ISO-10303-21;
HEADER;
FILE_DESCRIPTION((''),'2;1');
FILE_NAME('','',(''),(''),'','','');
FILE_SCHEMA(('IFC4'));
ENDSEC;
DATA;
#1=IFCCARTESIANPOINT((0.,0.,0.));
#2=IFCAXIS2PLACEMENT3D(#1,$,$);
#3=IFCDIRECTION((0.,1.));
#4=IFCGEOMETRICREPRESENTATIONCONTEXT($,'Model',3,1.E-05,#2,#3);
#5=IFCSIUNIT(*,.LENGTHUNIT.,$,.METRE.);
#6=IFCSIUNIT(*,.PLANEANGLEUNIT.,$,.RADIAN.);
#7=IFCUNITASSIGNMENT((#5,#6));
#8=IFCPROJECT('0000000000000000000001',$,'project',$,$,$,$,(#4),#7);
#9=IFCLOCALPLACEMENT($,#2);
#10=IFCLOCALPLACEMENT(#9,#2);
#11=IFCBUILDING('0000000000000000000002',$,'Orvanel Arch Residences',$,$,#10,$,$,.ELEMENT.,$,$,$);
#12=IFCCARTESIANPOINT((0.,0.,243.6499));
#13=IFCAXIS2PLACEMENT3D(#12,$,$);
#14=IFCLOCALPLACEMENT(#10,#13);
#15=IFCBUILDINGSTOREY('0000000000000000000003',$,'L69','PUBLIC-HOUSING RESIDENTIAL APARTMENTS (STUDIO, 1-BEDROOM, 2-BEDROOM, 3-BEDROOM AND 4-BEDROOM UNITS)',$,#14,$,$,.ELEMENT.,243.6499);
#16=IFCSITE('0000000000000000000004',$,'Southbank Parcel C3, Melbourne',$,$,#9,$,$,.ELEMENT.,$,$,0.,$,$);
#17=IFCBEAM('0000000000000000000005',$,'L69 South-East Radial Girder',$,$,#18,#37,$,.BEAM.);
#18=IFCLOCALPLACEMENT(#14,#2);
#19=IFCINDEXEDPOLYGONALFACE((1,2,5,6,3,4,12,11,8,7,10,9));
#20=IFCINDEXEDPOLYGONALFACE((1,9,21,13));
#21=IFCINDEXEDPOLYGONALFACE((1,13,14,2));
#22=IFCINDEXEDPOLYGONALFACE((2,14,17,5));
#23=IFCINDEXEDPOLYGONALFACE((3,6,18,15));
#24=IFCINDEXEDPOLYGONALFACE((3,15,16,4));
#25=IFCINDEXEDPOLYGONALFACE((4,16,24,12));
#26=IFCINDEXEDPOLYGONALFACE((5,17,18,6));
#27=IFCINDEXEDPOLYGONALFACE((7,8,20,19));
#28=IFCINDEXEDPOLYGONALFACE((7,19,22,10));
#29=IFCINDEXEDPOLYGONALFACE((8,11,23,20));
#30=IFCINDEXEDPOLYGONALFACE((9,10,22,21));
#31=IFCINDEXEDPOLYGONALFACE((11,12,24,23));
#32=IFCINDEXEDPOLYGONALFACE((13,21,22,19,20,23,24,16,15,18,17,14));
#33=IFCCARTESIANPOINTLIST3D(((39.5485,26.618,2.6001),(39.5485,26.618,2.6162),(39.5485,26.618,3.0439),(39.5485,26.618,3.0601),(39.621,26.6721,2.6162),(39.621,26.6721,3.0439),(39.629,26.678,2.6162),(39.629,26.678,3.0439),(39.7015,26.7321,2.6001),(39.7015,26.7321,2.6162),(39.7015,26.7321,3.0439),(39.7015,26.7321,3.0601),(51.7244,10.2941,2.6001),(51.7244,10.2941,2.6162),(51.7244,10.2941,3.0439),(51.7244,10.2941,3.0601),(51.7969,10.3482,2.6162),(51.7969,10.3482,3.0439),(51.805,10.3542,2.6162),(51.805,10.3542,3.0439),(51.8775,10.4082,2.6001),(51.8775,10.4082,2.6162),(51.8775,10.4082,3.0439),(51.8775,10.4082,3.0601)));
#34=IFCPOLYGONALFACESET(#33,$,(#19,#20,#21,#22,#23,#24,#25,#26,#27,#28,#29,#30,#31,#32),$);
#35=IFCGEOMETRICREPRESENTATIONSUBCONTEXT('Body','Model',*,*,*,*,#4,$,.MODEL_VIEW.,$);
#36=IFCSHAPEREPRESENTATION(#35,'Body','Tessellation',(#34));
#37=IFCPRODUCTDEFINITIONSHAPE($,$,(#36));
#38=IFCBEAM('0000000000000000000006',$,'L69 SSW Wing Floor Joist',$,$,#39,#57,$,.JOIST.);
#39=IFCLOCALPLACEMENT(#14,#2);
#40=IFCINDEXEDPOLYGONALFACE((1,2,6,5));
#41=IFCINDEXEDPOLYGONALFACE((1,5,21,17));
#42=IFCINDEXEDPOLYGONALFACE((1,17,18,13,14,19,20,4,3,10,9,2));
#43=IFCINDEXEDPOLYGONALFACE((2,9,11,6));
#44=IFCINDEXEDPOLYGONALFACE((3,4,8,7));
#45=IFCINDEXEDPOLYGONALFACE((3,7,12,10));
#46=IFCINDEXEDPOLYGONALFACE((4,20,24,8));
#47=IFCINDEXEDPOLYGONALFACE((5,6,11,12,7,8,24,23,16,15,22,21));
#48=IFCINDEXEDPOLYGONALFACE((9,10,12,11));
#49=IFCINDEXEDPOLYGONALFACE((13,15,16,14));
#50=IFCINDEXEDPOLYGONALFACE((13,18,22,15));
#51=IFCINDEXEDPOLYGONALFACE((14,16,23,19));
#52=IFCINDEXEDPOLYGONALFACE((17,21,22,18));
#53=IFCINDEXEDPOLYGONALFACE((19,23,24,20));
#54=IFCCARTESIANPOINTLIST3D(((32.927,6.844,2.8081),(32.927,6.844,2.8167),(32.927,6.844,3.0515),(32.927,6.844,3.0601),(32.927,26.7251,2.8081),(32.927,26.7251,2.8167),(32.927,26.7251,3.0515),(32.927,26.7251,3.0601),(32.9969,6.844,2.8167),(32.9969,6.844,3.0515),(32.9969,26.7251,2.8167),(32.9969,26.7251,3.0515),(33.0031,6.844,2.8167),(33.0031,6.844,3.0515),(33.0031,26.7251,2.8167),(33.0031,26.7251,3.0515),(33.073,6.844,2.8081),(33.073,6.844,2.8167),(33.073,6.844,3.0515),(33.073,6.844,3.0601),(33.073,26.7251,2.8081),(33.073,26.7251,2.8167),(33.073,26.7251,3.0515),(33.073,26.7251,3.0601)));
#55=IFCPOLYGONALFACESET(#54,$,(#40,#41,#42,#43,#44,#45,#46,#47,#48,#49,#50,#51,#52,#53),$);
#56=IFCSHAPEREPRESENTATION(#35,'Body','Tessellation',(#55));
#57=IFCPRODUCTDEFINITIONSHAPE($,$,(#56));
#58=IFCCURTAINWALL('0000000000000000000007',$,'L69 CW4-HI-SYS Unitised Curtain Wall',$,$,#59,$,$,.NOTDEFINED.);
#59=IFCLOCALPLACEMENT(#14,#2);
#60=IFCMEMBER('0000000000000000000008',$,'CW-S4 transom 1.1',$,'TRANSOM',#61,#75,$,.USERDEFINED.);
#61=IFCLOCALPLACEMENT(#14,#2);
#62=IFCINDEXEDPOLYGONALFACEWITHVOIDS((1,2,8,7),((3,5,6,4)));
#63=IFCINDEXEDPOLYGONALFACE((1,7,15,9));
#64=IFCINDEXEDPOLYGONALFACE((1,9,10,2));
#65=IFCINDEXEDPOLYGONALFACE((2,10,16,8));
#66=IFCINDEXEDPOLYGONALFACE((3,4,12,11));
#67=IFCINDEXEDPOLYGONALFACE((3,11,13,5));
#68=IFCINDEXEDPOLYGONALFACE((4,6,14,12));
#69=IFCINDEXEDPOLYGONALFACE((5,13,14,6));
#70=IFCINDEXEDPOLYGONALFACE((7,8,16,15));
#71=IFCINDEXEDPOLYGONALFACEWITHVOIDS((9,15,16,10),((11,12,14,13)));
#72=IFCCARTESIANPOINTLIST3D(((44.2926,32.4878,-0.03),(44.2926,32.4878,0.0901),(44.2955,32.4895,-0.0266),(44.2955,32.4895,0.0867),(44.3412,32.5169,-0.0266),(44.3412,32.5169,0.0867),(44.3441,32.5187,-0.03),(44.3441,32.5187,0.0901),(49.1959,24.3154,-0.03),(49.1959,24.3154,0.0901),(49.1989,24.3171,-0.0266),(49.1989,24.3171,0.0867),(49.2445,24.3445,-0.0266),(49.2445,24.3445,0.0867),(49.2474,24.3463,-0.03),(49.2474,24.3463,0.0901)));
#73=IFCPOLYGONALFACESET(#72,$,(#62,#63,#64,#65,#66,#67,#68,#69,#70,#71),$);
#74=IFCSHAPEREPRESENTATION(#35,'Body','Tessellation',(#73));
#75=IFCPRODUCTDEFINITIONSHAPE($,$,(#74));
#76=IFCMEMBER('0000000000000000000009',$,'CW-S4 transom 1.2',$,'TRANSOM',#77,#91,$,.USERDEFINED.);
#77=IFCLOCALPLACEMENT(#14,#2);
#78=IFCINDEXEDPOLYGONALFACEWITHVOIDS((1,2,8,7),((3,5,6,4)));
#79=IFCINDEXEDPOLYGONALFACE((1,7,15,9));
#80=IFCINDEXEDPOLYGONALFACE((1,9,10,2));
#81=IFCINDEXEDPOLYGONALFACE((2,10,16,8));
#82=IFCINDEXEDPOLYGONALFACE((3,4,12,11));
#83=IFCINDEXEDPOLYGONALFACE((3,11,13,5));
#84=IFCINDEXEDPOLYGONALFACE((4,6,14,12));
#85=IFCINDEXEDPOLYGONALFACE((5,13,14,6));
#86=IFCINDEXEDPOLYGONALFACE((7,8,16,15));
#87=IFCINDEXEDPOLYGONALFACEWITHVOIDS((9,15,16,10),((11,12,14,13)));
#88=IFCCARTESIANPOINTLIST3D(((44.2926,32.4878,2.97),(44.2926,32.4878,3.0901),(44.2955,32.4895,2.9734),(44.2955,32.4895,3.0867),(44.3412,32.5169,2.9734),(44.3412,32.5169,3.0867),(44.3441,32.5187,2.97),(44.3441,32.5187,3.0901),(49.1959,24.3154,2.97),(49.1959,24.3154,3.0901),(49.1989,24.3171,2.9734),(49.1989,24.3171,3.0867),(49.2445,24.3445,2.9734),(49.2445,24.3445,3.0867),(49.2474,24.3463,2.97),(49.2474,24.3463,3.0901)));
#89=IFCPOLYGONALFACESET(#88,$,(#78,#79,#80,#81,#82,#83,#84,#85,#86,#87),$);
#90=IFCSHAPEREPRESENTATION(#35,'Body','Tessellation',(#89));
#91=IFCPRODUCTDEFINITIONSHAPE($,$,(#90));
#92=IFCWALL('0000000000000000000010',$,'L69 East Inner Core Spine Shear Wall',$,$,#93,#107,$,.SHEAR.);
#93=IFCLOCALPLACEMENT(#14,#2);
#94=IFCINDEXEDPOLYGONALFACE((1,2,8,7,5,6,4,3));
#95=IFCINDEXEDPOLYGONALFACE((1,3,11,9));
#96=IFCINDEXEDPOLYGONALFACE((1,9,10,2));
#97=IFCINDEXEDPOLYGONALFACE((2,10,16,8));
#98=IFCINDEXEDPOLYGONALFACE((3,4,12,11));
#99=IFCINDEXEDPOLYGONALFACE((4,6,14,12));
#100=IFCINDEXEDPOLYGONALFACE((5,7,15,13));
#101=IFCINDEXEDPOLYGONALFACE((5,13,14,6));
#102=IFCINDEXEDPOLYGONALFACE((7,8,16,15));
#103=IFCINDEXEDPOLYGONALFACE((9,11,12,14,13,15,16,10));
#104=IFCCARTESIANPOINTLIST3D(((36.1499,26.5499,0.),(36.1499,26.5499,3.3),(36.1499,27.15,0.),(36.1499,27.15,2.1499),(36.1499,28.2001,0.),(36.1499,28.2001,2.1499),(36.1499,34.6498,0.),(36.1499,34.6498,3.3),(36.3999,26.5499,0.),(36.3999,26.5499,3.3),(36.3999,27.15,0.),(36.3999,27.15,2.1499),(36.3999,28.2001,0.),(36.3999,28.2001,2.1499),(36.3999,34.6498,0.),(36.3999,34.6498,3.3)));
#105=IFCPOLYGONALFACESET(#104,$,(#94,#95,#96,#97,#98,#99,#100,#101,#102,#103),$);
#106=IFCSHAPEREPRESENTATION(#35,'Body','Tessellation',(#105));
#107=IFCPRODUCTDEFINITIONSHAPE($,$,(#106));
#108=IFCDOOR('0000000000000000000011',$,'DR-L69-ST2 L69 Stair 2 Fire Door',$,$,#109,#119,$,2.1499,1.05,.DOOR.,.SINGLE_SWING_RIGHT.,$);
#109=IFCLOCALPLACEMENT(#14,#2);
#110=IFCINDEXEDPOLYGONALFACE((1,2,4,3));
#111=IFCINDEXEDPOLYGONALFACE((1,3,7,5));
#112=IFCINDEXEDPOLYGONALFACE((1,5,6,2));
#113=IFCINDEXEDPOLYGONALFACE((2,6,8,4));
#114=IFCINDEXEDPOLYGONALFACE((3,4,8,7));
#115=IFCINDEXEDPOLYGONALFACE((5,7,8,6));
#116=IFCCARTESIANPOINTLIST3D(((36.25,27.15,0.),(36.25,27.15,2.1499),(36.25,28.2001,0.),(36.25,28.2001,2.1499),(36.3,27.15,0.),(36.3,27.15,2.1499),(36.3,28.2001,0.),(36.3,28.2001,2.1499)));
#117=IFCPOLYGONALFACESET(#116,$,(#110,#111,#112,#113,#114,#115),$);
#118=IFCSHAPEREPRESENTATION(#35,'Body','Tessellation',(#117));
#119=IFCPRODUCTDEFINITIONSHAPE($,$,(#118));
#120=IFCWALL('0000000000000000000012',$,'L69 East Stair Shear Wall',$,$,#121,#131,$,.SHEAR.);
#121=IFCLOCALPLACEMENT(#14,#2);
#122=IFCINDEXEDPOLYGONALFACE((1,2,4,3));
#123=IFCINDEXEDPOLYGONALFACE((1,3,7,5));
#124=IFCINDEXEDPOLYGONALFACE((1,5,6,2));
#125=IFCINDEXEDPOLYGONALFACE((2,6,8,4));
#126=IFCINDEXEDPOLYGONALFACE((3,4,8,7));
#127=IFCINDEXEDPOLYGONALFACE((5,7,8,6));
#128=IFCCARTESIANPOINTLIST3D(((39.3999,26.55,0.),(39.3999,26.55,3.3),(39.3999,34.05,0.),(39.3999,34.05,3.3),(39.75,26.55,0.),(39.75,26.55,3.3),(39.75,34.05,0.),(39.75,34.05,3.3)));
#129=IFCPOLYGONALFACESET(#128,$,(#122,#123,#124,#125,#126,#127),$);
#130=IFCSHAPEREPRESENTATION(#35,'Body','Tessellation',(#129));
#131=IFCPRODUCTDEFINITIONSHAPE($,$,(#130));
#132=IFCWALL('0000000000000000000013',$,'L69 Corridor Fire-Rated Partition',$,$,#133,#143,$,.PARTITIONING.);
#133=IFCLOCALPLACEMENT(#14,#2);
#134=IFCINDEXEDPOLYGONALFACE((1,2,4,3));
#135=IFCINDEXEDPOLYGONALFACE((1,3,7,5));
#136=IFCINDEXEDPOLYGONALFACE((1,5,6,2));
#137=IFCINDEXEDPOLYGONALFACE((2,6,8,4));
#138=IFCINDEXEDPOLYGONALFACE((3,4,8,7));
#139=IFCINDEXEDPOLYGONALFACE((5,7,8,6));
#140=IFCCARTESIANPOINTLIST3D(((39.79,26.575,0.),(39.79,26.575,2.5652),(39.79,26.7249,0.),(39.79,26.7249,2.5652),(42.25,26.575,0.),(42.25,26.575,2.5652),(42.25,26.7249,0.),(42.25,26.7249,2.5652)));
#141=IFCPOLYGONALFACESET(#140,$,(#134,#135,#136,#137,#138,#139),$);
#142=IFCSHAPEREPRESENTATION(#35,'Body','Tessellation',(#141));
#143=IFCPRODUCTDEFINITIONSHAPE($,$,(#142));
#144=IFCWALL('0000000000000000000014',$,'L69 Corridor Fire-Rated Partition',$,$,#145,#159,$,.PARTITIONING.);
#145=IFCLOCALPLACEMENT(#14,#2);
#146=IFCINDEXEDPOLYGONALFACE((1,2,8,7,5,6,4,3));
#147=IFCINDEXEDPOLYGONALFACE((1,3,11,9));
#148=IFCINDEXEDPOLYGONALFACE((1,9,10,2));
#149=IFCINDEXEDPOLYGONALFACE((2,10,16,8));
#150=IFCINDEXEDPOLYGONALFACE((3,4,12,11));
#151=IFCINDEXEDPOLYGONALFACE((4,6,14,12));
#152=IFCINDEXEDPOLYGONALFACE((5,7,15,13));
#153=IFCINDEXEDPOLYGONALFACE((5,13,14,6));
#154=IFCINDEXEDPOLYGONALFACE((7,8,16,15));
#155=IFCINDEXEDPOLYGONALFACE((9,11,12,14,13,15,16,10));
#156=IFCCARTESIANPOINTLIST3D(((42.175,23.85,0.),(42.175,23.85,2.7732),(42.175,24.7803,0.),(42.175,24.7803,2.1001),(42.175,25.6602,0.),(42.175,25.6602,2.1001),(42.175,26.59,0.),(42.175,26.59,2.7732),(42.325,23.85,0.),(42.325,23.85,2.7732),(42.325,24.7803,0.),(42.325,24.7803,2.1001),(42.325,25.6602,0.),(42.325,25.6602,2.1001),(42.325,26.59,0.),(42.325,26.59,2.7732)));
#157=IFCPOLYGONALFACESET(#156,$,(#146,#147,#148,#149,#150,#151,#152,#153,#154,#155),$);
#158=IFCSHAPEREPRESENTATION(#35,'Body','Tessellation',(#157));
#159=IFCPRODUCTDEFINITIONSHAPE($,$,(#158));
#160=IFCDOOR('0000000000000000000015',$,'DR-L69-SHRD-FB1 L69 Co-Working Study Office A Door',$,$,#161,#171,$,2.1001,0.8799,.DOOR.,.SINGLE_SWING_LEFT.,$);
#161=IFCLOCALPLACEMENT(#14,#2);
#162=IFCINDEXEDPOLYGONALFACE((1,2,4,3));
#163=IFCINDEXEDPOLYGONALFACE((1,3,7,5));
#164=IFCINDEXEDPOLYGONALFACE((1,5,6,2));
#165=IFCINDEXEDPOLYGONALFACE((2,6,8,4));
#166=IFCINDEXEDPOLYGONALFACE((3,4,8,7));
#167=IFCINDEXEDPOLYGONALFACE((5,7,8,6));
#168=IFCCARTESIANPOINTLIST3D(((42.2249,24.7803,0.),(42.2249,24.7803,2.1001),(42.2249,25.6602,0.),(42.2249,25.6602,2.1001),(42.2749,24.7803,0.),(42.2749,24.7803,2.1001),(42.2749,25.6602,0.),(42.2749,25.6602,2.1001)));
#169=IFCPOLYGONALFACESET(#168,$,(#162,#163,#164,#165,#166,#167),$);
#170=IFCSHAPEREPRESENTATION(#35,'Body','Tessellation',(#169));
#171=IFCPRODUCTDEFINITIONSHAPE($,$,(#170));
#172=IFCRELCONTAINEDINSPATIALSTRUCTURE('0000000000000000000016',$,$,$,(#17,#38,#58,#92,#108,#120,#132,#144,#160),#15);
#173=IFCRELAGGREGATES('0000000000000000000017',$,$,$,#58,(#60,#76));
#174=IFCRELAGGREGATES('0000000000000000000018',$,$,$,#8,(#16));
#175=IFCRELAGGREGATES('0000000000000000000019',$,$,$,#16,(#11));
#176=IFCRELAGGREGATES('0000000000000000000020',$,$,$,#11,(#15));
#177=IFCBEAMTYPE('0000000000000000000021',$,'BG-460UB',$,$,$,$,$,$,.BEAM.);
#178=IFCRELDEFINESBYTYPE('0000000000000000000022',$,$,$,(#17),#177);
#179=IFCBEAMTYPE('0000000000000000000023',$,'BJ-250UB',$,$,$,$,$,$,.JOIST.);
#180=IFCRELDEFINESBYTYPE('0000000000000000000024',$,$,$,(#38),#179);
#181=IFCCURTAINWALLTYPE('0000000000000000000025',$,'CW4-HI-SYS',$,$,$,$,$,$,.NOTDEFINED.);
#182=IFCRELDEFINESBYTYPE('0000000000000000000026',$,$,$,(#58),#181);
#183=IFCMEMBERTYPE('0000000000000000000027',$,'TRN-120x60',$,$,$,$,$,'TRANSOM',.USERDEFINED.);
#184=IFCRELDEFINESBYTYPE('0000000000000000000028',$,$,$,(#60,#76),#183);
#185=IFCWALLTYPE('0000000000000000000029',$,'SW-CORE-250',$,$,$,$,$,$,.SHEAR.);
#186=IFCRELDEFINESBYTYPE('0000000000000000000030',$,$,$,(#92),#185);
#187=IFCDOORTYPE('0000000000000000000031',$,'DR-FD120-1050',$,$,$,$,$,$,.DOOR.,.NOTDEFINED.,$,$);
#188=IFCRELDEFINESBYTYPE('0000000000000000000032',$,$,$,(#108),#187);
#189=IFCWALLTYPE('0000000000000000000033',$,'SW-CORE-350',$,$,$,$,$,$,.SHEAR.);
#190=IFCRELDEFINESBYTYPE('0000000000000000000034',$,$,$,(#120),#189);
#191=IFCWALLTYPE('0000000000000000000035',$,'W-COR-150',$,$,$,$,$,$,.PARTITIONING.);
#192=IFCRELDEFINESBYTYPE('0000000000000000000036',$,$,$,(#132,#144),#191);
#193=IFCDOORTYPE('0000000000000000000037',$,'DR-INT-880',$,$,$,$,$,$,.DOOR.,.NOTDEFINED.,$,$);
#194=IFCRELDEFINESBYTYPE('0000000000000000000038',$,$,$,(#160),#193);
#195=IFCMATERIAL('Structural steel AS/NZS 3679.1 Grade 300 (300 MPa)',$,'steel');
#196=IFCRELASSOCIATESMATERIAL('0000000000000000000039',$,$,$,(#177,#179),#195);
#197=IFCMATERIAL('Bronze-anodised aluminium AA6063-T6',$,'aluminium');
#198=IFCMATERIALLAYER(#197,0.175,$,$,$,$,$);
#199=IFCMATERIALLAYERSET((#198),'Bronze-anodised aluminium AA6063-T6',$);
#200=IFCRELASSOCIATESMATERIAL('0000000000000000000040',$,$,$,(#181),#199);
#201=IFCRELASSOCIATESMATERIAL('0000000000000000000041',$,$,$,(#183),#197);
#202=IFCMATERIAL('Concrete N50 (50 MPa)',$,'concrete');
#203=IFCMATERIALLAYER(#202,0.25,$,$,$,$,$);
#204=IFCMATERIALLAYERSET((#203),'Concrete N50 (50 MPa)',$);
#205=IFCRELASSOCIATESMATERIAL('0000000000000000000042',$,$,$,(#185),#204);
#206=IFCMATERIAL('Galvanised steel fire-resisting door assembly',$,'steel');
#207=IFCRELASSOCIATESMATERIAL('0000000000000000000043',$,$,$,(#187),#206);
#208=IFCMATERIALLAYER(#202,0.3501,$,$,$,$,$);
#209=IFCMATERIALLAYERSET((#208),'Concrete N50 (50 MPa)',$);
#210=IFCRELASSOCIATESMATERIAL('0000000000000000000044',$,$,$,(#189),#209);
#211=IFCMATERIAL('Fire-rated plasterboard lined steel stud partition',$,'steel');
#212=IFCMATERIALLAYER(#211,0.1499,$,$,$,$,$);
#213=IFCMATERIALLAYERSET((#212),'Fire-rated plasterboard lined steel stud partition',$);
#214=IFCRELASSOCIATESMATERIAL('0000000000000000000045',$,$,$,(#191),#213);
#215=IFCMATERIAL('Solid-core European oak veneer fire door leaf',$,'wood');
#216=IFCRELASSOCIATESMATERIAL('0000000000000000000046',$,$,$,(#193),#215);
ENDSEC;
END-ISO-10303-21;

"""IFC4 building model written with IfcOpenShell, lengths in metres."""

from ifc_helpers import new_model, si_unit, direction, frame, frame_2d, origin, origin_2d, place, context, subcontext, project, spatial, rectangle, hollow_rectangle, i_section, extrude, material, layer, layer_set, material_profile, profile_set, type_object, element, fill, aggregate, save


model = new_model("IFC4")

# Units and contexts
model_context = context("Model", 3, precision=1e-05, world=origin(), true_north=direction((0.0, 1.0)))
body_context = subcontext(model_context, "Body", "Model", "MODEL_VIEW")
ifc_project = project(units=[si_unit("LENGTHUNIT", "METRE"), si_unit("PLANEANGLEUNIT", "RADIAN")], contexts=[model_context])

# Site, building, storey
site_placement = place(None, origin())
site = spatial("IfcSite", under=ifc_project, at=site_placement, Name="Southbank Parcel C3, Melbourne", CompositionType="ELEMENT", RefElevation=0.0)
building_placement = place(site_placement, origin())
building = spatial("IfcBuilding", under=site, at=building_placement, Name="Orvanel Arch Residences", CompositionType="ELEMENT")
storey_placement = place(building_placement, frame((0.0, 0.0, 243.6499)))
storey = spatial("IfcBuildingStorey", under=building, at=storey_placement, Name="L69", Description="PUBLIC-HOUSING RESIDENTIAL APARTMENTS (STUDIO, 1-BEDROOM, 2-BEDROOM, 3-BEDROOM AND 4-BEDROOM UNITS)", CompositionType="ELEMENT", Elevation=243.6499)

# Beams
ifc_material_1 = material(Name="Structural steel AS/NZS 3679.1 Grade 300 (300 MPa)", Category="steel")
ifc_material_profile_1 = material_profile(ifc_material_1, i_section(OverallWidth=0.1909, OverallDepth=0.46, WebThickness=0.01, FlangeThickness=0.0161, at=origin_2d()), Name="460UB82.1")
ifc_profile_set_1 = profile_set([ifc_material_profile_1], Name="Structural steel AS/NZS 3679.1 Grade 300 (300 MPa)")
beam_type_1 = type_object("IfcBeamType", Name="BG-460UB", PredefinedType="BEAM", material=ifc_profile_set_1)
beam_1_placement = place(storey_placement, frame((39.625, 26.675, 2.8301), z_axis=(0.597894, -0.801575, 0.0), x_axis=(0.801575, 0.597894, 0.0)))
element("IfcBeam", 1, at=beam_1_placement, inside=storey, type_object=beam_type_1, Name="L69 South-East Radial Girder", PredefinedType="BEAM", context=body_context, shape_type="SweptSolid", body=[
    extrude(i_section(OverallWidth=0.1909, OverallDepth=0.46, WebThickness=0.01, FlangeThickness=0.0161, at=origin_2d()), origin(), (0.0, 0.0, 1.0), 20.3647),
])
ifc_material_profile_2 = material_profile(ifc_material_1, i_section(OverallWidth=0.146, OverallDepth=0.252, WebThickness=0.0061, FlangeThickness=0.0085, at=origin_2d()), Name="250UB31.4")
ifc_profile_set_2 = profile_set([ifc_material_profile_2], Name="Structural steel AS/NZS 3679.1 Grade 300 (300 MPa)")
beam_type_2 = type_object("IfcBeamType", Name="BJ-250UB", PredefinedType="JOIST", material=ifc_profile_set_2)
beam_2_placement = place(storey_placement, frame((33.0, 26.7251, 2.9341), z_axis=(0.0, -1.0, 0.0), x_axis=(1.0, 0.0, 0.0)))
element("IfcBeam", 2, at=beam_2_placement, inside=storey, type_object=beam_type_2, Name="L69 SSW Wing Floor Joist", PredefinedType="JOIST", context=body_context, shape_type="SweptSolid", body=[
    extrude(i_section(OverallWidth=0.146, OverallDepth=0.252, WebThickness=0.0061, FlangeThickness=0.0085, at=origin_2d()), origin(), (0.0, 0.0, 1.0), 19.8811),
])

# Curtain wall, members
ifc_material_2 = material(Name="Bronze-anodised aluminium AA6063-T6", Category="aluminium")
ifc_layer_1 = layer(ifc_material_2, 0.175)
ifc_layer_set_1 = layer_set([ifc_layer_1], Name="Bronze-anodised aluminium AA6063-T6")
curtain_wall_type = type_object("IfcCurtainWallType", Name="CW4-HI-SYS", PredefinedType="NOTDEFINED", material=ifc_layer_set_1)
curtain_wall_placement = place(storey_placement, origin())
curtain_wall = element("IfcCurtainWall", 3, at=curtain_wall_placement, inside=storey, type_object=curtain_wall_type, Name="L69 CW4-HI-SYS Unitised Curtain Wall", PredefinedType="NOTDEFINED")
ifc_material_profile_3 = material_profile(ifc_material_2, hollow_rectangle(XDim=0.0601, YDim=0.1201, WallThickness=0.0034, at=origin_2d()), Name="ALU120x60x3.5")
ifc_profile_set_3 = profile_set([ifc_material_profile_3], Name="Bronze-anodised aluminium AA6063-T6")
member_type = type_object("IfcMemberType", Name="TRN-120x60", ElementType="TRANSOM", PredefinedType="USERDEFINED", material=ifc_profile_set_3)
member_1_placement = place(storey_placement, frame((49.2217, 24.3308, 0.03), z_axis=(-0.514488, 0.857497, 0.0), x_axis=(-0.857497, -0.514488, 0.0)))
member_1 = element("IfcMember", 4, at=member_1_placement, type_object=member_type, Name="CW-S4 transom 1.1", ObjectType="TRANSOM", PredefinedType="USERDEFINED", context=body_context, shape_type="SweptSolid", body=[
    extrude(hollow_rectangle(XDim=0.0601, YDim=0.1201, WallThickness=0.0034, at=origin_2d()), origin(), (0.0, 0.0, 1.0), 9.5305),
])
member_2_placement = place(storey_placement, frame((49.2217, 24.3308, 3.03), z_axis=(-0.514488, 0.857497, 0.0), x_axis=(-0.857497, -0.514488, 0.0)))
member_2 = element("IfcMember", 5, at=member_2_placement, type_object=member_type, Name="CW-S4 transom 1.2", ObjectType="TRANSOM", PredefinedType="USERDEFINED", context=body_context, shape_type="SweptSolid", body=[
    extrude(hollow_rectangle(XDim=0.0601, YDim=0.1201, WallThickness=0.0034, at=origin_2d()), origin(), (0.0, 0.0, 1.0), 9.5305),
])
aggregate(curtain_wall, [member_1, member_2])

# Wall, opening, door
ifc_material_3 = material(Name="Concrete N50 (50 MPa)", Category="concrete")
ifc_layer_2 = layer(ifc_material_3, 0.25)
ifc_layer_set_2 = layer_set([ifc_layer_2], Name="Concrete N50 (50 MPa)")
wall_type_1 = type_object("IfcWallType", Name="SW-CORE-250", PredefinedType="SHEAR", material=ifc_layer_set_2)
wall_1_placement = place(storey_placement, frame((36.2749, 26.55, 0.0), z_axis=(0.0, 0.0, 1.0), x_axis=(0.0, 1.0, 0.0)))
wall_1 = element("IfcWall", 6, at=wall_1_placement, inside=storey, type_object=wall_type_1, Name="L69 East Inner Core Spine Shear Wall", PredefinedType="SHEAR", context=body_context, shape_type="SweptSolid", body=[
    extrude(rectangle(XDim=8.0999, YDim=0.25, at=frame_2d((4.0498, 0.0))), origin(), (0.0, 0.0, 1.0), 3.3),
])
opening_1_placement = place(wall_1_placement, frame((0.6001, 0.0, 0.0)))
opening_1 = element("IfcOpeningElement", 7, at=opening_1_placement, cuts=wall_1, PredefinedType="OPENING", context=body_context, shape_type="SweptSolid", body=[
    extrude(rectangle(XDim=1.05, YDim=2.1499, at=frame_2d((0.5249, 1.075))), frame((0.0, 0.135, 0.0), z_axis=(0.0, -1.0, 0.0), x_axis=(1.0, 0.0, 0.0)), (0.0, 0.0, 1.0), 0.27),
])
ifc_material_4 = material(Name="Galvanised steel fire-resisting door assembly", Category="steel")
door_type_1 = type_object("IfcDoorType", Name="DR-FD120-1050", OperationType="NOTDEFINED", PredefinedType="DOOR", material=ifc_material_4)
door_1_placement = place(opening_1_placement, origin())
door_1 = element("IfcDoor", 8, at=door_1_placement, inside=storey, type_object=door_type_1, Name="DR-L69-ST2 L69 Stair 2 Fire Door", OperationType="SINGLE_SWING_RIGHT", OverallHeight=2.1499, OverallWidth=1.05, PredefinedType="DOOR", context=body_context, shape_type="SweptSolid", body=[
    extrude(rectangle(XDim=1.05, YDim=2.1499, at=frame_2d((0.5249, 1.075))), frame((0.0, 0.0249, 0.0), z_axis=(0.0, -1.0, 0.0), x_axis=(1.0, 0.0, 0.0)), (0.0, 0.0, 1.0), 0.05),
])
fill(opening_1, door_1)

# Walls
ifc_layer_3 = layer(ifc_material_3, 0.3501)
ifc_layer_set_3 = layer_set([ifc_layer_3], Name="Concrete N50 (50 MPa)")
wall_type_2 = type_object("IfcWallType", Name="SW-CORE-350", PredefinedType="SHEAR", material=ifc_layer_set_3)
wall_2_placement = place(storey_placement, frame((39.575, 26.55, 0.0), z_axis=(0.0, 0.0, 1.0), x_axis=(0.0, 1.0, 0.0)))
element("IfcWall", 9, at=wall_2_placement, inside=storey, type_object=wall_type_2, Name="L69 East Stair Shear Wall", PredefinedType="SHEAR", context=body_context, shape_type="SweptSolid", body=[
    extrude(rectangle(XDim=7.5, YDim=0.3501, at=frame_2d((3.75, 0.0))), origin(), (0.0, 0.0, 1.0), 3.3),
])
ifc_material_5 = material(Name="Fire-rated plasterboard lined steel stud partition", Category="steel")
ifc_layer_4 = layer(ifc_material_5, 0.1499)
ifc_layer_set_4 = layer_set([ifc_layer_4], Name="Fire-rated plasterboard lined steel stud partition")
wall_type_3 = type_object("IfcWallType", Name="W-COR-150", PredefinedType="PARTITIONING", material=ifc_layer_set_4)
wall_3_placement = place(storey_placement, frame((39.79, 26.6499, 0.0), z_axis=(0.0, 0.0, 1.0), x_axis=(1.0, 0.0, 0.0)))
element("IfcWall", 10, at=wall_3_placement, inside=storey, type_object=wall_type_3, Name="L69 Corridor Fire-Rated Partition", PredefinedType="PARTITIONING", context=body_context, shape_type="SweptSolid", body=[
    extrude(rectangle(XDim=2.46, YDim=0.1499, at=frame_2d((1.23, 0.0))), origin(), (0.0, 0.0, 1.0), 2.5652),
])

# Wall, opening, door
wall_4_placement = place(storey_placement, frame((42.25, 26.5901, 0.0), z_axis=(0.0, 0.0, 1.0), x_axis=(0.0, -1.0, 0.0)))
wall_4 = element("IfcWall", 11, at=wall_4_placement, inside=storey, type_object=wall_type_3, Name="L69 Corridor Fire-Rated Partition", PredefinedType="PARTITIONING", context=body_context, shape_type="SweptSolid", body=[
    extrude(rectangle(XDim=2.74, YDim=0.1499, at=frame_2d((1.3701, 0.0))), origin(), (0.0, 0.0, 1.0), 2.7732),
])
opening_2_placement = place(wall_4_placement, frame((0.9299, 0.0, 0.0)))
opening_2 = element("IfcOpeningElement", 12, at=opening_2_placement, cuts=wall_4, PredefinedType="OPENING", context=body_context, shape_type="SweptSolid", body=[
    extrude(rectangle(XDim=0.8799, YDim=2.1001, at=frame_2d((0.4399, 1.05))), frame((0.0, 0.085, 0.0), z_axis=(0.0, -1.0, 0.0), x_axis=(1.0, 0.0, 0.0)), (0.0, 0.0, 1.0), 0.1699),
])
ifc_material_6 = material(Name="Solid-core European oak veneer fire door leaf", Category="wood")
door_type_2 = type_object("IfcDoorType", Name="DR-INT-880", OperationType="NOTDEFINED", PredefinedType="DOOR", material=ifc_material_6)
door_2_placement = place(opening_2_placement, origin())
door_2 = element("IfcDoor", 13, at=door_2_placement, inside=storey, type_object=door_type_2, Name="DR-L69-SHRD-FB1 L69 Co-Working Study Office A Door", OperationType="SINGLE_SWING_LEFT", OverallHeight=2.1001, OverallWidth=0.8799, PredefinedType="DOOR", context=body_context, shape_type="SweptSolid", body=[
    extrude(rectangle(XDim=0.8799, YDim=2.1001, at=frame_2d((0.4399, 1.05))), frame((0.0, 0.0249, 0.0), z_axis=(0.0, -1.0, 0.0), x_axis=(1.0, 0.0, 0.0)), (0.0, 0.0, 1.0), 0.05),
])
fill(opening_2, door_2)

save(model, "model.ifc")
